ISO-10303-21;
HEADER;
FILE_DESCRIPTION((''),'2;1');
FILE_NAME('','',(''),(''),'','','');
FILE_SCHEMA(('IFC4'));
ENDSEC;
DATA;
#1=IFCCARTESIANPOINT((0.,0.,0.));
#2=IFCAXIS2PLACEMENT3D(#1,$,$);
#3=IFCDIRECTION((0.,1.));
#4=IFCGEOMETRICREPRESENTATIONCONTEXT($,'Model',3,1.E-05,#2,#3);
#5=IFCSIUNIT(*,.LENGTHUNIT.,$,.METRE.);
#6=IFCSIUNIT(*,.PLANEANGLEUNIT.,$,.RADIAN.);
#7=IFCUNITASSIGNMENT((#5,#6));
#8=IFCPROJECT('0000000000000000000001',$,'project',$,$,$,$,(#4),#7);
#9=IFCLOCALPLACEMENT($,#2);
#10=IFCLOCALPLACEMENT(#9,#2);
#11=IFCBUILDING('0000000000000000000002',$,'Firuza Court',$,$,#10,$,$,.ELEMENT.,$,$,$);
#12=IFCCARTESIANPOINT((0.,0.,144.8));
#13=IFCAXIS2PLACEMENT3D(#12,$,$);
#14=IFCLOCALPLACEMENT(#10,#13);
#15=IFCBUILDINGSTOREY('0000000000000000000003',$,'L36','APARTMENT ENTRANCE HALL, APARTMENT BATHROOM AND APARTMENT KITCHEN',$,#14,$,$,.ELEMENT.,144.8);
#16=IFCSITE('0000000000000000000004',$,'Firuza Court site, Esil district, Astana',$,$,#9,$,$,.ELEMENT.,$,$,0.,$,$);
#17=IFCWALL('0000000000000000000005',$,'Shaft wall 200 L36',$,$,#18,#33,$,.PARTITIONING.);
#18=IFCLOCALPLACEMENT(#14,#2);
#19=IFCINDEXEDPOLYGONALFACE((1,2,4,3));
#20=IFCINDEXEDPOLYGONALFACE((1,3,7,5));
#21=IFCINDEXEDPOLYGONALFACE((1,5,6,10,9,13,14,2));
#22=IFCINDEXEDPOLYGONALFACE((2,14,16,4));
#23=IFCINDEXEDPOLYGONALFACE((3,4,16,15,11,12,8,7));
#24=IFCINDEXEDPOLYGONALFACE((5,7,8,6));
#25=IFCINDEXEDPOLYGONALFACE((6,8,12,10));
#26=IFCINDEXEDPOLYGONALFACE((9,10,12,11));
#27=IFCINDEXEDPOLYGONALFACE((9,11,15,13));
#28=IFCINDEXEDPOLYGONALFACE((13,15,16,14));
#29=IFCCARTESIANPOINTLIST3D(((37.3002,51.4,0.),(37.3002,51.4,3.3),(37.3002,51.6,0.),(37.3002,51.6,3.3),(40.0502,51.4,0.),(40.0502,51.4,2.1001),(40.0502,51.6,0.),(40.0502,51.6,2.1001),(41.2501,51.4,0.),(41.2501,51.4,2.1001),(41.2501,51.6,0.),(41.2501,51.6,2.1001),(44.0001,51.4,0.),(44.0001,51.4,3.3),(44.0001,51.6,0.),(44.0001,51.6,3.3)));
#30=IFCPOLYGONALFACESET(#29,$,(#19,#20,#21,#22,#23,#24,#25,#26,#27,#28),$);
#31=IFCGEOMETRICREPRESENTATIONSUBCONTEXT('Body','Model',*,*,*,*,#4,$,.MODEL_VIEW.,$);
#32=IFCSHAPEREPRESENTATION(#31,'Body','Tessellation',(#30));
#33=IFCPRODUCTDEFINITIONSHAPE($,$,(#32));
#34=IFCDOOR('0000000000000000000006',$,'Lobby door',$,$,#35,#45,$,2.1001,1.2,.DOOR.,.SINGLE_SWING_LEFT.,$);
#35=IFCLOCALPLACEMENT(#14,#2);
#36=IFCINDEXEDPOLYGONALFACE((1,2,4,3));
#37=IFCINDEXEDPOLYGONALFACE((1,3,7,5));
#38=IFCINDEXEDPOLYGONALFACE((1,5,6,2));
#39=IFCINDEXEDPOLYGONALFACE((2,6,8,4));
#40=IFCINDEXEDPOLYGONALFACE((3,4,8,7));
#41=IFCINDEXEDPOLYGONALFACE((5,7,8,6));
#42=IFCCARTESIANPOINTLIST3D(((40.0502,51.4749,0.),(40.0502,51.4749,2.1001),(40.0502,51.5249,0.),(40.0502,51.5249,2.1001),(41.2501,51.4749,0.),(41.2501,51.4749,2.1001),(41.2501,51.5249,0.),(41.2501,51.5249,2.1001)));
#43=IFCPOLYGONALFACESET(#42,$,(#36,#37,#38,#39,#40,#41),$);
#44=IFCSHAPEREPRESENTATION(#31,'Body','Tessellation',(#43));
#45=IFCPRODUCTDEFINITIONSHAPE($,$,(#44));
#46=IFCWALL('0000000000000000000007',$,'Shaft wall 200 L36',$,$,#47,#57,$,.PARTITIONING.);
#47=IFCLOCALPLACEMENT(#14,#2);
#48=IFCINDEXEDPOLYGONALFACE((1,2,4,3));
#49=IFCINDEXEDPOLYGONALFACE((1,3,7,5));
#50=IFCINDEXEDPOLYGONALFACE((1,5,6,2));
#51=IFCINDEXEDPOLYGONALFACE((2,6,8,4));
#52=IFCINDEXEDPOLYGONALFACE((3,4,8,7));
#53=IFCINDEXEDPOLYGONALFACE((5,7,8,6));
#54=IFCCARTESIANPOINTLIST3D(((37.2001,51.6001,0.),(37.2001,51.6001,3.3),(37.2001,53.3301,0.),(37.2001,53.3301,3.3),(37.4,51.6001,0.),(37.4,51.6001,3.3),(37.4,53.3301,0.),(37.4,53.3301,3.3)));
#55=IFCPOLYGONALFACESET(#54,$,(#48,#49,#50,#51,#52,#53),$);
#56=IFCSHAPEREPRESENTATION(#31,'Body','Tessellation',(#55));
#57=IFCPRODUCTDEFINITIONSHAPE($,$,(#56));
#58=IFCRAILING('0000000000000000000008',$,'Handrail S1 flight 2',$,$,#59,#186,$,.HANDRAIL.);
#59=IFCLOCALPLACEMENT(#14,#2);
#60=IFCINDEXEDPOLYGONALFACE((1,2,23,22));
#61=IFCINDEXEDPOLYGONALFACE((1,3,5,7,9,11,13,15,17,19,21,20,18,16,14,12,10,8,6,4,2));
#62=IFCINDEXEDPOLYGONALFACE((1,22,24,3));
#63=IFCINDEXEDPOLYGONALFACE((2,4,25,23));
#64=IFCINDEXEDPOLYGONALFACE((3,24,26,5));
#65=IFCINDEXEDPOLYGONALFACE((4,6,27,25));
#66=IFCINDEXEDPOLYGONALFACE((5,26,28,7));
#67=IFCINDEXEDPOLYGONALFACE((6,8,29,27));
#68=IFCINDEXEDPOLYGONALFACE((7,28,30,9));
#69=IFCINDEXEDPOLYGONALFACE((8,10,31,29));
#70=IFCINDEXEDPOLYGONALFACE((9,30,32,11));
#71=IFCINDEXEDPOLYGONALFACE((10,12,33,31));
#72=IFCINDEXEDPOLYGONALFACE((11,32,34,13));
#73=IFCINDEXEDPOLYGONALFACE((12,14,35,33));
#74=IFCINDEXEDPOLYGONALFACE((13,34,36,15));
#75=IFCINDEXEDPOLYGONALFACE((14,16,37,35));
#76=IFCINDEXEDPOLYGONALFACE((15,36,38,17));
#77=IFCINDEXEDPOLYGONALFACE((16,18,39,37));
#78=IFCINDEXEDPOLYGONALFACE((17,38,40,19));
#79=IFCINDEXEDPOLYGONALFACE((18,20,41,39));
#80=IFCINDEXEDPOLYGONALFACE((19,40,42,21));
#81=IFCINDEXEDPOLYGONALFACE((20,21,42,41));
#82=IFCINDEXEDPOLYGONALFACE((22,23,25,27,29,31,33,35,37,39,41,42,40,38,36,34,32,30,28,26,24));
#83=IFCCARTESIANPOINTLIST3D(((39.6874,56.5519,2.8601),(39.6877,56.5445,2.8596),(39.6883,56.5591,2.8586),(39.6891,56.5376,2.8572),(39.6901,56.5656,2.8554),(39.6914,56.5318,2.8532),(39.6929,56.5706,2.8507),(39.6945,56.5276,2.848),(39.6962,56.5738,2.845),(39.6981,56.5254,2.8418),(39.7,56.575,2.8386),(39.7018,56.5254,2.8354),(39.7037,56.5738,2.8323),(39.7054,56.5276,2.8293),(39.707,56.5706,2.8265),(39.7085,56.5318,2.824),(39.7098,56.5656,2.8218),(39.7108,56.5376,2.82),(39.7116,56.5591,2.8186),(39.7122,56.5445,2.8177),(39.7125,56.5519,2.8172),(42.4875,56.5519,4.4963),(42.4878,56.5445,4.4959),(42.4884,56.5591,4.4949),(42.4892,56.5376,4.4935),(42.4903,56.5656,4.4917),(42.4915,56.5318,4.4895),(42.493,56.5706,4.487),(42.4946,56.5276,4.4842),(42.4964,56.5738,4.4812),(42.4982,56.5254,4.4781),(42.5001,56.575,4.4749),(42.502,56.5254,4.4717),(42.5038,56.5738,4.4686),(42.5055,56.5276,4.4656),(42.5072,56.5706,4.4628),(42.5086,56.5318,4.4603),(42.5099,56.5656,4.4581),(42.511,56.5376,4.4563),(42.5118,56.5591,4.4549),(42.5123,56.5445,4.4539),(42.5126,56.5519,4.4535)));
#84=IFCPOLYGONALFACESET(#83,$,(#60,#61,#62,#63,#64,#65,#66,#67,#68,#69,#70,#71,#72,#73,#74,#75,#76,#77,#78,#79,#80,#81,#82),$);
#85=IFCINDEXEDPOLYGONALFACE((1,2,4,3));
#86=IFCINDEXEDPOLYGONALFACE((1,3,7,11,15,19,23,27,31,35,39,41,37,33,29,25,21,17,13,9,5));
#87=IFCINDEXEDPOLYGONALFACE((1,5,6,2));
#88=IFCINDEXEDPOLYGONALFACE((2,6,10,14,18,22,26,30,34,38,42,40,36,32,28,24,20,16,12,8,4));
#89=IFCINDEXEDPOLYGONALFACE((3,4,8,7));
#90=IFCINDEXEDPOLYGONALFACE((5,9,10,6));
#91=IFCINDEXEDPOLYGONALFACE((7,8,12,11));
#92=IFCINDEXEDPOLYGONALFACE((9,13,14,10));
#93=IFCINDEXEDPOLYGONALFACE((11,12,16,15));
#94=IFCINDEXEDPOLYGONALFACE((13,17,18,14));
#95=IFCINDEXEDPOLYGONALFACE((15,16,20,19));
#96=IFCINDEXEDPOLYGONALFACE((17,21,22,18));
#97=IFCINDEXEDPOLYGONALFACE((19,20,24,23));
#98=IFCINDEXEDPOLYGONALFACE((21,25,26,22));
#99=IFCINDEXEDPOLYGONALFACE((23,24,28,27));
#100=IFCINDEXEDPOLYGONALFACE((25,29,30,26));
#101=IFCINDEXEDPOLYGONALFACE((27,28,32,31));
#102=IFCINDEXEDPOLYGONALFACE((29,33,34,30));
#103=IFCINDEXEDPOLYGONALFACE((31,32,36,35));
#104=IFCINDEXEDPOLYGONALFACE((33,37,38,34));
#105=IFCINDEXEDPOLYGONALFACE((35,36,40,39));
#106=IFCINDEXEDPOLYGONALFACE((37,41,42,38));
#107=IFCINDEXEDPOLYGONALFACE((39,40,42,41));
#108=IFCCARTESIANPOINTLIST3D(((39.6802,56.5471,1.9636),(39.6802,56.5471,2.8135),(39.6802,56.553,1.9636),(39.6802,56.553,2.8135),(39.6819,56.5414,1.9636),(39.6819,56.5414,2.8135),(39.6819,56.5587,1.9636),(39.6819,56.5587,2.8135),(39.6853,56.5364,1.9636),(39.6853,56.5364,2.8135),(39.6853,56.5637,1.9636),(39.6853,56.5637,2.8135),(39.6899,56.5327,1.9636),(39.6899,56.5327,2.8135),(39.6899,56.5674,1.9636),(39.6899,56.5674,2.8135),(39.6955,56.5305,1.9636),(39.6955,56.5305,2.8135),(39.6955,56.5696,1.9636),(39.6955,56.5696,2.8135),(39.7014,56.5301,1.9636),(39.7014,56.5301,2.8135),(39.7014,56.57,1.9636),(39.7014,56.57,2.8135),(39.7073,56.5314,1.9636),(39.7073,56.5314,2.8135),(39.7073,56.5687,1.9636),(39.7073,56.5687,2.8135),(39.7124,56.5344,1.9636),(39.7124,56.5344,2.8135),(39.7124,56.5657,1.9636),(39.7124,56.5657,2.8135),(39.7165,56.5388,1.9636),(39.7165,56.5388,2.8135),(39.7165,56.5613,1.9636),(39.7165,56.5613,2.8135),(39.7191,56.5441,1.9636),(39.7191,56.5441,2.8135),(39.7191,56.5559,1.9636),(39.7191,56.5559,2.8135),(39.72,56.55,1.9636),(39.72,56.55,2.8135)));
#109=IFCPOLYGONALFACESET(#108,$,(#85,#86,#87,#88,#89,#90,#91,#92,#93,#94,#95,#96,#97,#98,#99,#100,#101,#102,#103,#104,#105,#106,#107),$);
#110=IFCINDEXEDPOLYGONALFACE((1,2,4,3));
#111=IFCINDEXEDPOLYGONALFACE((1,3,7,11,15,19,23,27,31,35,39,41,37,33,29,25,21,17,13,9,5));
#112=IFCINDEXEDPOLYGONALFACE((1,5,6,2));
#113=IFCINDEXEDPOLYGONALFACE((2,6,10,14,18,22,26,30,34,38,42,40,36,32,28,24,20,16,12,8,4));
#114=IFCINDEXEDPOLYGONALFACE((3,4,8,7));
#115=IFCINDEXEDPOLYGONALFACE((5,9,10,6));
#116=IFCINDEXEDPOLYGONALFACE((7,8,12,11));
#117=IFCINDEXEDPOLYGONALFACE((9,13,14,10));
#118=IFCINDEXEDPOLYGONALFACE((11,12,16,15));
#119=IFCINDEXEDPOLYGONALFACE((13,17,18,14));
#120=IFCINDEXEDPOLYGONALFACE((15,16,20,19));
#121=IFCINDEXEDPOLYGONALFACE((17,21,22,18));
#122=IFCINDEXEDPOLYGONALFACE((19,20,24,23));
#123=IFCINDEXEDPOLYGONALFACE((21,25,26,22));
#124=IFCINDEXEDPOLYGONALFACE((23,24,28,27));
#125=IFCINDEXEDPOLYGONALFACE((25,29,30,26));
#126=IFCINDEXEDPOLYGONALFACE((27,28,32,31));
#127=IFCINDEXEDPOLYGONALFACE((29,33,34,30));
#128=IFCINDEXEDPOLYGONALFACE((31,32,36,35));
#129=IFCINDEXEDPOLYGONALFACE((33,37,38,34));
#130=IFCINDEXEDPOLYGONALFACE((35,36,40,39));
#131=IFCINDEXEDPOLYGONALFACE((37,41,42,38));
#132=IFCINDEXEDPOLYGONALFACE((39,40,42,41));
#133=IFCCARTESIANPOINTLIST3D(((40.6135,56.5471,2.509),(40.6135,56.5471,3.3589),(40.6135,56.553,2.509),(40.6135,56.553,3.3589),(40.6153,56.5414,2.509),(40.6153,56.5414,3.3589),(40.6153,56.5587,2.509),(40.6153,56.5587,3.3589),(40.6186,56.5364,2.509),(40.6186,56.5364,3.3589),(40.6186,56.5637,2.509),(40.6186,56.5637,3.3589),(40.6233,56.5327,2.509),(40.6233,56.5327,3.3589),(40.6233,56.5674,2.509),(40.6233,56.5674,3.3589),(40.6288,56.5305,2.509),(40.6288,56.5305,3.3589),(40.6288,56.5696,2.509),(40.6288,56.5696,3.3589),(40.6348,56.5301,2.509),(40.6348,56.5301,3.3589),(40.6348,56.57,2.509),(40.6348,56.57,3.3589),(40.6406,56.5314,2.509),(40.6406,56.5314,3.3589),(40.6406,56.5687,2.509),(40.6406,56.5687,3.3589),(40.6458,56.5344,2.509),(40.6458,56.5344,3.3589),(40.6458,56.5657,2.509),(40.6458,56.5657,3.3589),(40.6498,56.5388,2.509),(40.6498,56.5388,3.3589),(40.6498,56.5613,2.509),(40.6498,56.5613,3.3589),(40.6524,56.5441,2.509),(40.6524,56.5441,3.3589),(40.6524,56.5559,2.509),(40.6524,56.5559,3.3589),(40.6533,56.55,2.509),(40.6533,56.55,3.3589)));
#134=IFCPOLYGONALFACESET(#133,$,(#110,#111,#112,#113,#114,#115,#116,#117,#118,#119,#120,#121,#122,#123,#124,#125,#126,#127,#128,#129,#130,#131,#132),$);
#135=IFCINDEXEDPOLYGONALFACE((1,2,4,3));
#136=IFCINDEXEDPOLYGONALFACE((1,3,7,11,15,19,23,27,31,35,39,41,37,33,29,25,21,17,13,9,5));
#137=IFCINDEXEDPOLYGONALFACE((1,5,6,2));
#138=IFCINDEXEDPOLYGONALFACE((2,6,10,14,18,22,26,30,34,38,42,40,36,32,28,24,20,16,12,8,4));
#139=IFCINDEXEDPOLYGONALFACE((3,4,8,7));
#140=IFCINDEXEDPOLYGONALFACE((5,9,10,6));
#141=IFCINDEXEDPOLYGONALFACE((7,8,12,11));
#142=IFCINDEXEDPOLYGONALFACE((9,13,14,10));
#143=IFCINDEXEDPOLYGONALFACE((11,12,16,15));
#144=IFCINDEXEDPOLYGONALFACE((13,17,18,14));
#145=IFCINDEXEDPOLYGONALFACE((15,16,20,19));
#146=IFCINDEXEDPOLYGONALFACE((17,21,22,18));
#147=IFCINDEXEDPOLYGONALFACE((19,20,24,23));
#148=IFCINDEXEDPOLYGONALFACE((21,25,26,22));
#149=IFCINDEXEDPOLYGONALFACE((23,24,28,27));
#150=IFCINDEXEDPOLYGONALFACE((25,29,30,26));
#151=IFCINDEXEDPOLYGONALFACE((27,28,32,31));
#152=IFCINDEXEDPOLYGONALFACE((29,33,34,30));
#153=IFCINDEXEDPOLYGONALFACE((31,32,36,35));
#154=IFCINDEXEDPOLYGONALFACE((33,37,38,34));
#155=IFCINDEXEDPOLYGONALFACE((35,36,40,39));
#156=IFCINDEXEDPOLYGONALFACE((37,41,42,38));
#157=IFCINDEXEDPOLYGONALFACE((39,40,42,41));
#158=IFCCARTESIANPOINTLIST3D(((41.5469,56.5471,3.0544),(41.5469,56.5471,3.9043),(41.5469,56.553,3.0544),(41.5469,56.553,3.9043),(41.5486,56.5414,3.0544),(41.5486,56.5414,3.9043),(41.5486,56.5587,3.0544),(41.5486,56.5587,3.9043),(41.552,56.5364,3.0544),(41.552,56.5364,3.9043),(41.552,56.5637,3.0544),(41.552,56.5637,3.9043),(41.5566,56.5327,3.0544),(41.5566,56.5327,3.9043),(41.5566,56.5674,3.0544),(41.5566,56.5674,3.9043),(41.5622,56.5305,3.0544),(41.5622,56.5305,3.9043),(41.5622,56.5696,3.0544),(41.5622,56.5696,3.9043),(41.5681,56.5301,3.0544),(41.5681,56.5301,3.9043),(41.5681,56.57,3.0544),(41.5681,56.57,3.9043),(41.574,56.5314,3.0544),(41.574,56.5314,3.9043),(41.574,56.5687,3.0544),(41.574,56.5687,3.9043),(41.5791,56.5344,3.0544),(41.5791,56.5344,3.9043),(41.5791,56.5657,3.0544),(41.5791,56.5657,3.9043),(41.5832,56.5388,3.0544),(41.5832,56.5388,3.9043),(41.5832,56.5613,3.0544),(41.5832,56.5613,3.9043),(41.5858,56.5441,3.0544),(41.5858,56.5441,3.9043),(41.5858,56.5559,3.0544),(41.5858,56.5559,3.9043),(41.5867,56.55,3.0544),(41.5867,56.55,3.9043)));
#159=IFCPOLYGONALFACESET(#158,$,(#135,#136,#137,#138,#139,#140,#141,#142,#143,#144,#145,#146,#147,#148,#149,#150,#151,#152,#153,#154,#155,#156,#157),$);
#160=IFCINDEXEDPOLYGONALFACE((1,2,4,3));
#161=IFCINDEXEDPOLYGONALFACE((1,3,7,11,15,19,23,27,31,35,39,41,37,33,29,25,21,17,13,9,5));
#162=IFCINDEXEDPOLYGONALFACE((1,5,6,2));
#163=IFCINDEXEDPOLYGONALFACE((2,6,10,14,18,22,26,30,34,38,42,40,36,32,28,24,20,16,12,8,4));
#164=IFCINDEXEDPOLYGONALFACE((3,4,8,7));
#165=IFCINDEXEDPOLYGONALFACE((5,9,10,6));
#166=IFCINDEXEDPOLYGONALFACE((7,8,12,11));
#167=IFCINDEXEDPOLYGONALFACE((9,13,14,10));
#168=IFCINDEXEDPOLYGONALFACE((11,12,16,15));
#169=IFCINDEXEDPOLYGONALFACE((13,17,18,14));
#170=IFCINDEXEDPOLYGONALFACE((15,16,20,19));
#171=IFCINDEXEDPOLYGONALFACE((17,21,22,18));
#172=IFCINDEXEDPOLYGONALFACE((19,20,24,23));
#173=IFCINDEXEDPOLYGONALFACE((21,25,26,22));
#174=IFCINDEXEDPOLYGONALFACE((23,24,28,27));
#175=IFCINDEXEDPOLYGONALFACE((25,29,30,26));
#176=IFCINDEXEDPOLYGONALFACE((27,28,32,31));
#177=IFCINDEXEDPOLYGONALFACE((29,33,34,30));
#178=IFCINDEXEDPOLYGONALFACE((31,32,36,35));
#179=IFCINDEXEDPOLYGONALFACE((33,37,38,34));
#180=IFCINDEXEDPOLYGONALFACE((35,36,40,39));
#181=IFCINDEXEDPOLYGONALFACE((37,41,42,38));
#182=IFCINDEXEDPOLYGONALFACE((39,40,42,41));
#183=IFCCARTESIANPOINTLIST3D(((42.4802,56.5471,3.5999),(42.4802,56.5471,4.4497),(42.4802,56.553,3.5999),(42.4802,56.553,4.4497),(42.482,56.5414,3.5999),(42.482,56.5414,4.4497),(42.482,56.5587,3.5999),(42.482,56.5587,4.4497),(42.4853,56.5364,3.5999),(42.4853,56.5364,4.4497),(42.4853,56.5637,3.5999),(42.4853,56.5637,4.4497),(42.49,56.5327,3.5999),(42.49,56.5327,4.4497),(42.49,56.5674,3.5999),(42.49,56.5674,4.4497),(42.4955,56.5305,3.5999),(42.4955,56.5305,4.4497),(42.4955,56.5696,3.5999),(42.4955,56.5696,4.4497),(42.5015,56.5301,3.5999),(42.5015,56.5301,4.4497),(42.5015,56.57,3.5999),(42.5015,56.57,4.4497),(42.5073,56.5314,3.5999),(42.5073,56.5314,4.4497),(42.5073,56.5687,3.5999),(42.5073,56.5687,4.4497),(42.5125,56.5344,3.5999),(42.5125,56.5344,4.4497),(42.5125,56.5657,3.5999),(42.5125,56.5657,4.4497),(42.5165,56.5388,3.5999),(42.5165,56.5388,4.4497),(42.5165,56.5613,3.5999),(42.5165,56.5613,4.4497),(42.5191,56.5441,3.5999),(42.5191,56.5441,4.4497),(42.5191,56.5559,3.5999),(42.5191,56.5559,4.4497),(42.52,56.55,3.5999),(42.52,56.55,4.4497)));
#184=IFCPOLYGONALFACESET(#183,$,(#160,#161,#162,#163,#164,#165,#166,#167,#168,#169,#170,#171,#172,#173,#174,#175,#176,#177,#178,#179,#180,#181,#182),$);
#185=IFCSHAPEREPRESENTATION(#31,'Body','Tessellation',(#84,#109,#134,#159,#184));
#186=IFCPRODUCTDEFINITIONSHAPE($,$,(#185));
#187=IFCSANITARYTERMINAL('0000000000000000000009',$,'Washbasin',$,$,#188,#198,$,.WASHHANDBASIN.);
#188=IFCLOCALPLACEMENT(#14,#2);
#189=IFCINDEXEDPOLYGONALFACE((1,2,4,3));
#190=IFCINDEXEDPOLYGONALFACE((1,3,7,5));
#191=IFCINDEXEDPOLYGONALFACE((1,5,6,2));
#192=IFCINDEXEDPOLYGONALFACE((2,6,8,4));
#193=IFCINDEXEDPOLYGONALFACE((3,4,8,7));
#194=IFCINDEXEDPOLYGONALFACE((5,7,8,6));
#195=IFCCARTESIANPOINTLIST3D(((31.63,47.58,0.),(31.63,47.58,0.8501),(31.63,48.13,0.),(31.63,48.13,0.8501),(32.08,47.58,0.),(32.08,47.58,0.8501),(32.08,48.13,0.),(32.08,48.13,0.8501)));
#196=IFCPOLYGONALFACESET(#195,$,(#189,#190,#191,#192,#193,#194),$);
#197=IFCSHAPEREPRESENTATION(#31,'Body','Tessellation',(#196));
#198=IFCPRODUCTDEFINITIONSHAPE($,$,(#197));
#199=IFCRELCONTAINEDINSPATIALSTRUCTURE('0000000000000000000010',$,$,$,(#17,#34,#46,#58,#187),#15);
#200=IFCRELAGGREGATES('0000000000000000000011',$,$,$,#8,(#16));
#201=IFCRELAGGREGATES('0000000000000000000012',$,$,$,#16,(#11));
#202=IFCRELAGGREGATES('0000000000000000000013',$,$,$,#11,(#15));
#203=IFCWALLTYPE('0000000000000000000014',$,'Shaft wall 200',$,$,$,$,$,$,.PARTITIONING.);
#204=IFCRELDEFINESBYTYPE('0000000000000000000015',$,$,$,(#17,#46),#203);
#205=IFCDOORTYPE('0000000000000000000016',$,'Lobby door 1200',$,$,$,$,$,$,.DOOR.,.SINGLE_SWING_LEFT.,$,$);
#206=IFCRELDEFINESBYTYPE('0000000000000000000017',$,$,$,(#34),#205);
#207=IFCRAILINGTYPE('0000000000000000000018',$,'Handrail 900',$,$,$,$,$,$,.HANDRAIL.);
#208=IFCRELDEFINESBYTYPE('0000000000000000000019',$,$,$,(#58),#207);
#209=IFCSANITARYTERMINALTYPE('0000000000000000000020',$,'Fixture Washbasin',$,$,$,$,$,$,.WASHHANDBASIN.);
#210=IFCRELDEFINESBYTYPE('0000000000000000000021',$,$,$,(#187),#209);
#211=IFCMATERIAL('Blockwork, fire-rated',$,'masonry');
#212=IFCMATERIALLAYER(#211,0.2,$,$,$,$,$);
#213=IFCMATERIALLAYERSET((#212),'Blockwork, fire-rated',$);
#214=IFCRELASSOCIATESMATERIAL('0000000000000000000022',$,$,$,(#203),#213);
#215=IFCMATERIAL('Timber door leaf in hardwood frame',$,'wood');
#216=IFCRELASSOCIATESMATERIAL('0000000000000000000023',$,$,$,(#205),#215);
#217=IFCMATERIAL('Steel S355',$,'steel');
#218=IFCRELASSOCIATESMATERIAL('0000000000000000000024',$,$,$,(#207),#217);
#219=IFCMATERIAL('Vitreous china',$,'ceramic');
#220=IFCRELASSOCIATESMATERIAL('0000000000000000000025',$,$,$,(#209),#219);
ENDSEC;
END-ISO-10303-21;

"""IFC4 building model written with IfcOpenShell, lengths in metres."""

from ifc_helpers import new_model, si_unit, direction, frame, frame_2d, origin, origin_2d, place, context, subcontext, project, spatial, rectangle, circle, extrude, material, layer, layer_set, type_object, element, fill, save


model = new_model("IFC4")

# Units and contexts
model_context = context("Model", 3, precision=1e-05, world=origin(), true_north=direction((0.0, 1.0)))
body_context = subcontext(model_context, "Body", "Model", "MODEL_VIEW")
ifc_project = project(units=[si_unit("LENGTHUNIT", "METRE"), si_unit("PLANEANGLEUNIT", "RADIAN")], contexts=[model_context])

# Site, building, storey
site_placement = place(None, origin())
site = spatial("IfcSite", under=ifc_project, at=site_placement, Name="Firuza Court site, Esil district, Astana", CompositionType="ELEMENT", RefElevation=0.0)
building_placement = place(site_placement, origin())
building = spatial("IfcBuilding", under=site, at=building_placement, Name="Firuza Court", CompositionType="ELEMENT")
storey_placement = place(building_placement, frame((0.0, 0.0, 144.8)))
storey = spatial("IfcBuildingStorey", under=building, at=storey_placement, Name="L36", Description="APARTMENT ENTRANCE HALL, APARTMENT BATHROOM AND APARTMENT KITCHEN", CompositionType="ELEMENT", Elevation=144.8)

# Shared definitions
ifc_material_1 = material(Name="Blockwork, fire-rated", Category="masonry")

# Wall, opening, door
ifc_layer_1 = layer(ifc_material_1, 0.2)
ifc_layer_set_1 = layer_set([ifc_layer_1], Name="Blockwork, fire-rated")
wall_type_1 = type_object("IfcWallType", Name="Shaft wall 200", PredefinedType="PARTITIONING", material=ifc_layer_set_1)
wall_1_placement = place(storey_placement, frame((37.3, 51.5, 0.0), z_axis=(0.0, 0.0, 1.0), x_axis=(1.0, 0.0, 0.0)))
wall_1 = element("IfcWall", 1, at=wall_1_placement, inside=storey, type_object=wall_type_1, Name="Shaft wall 200 L36", PredefinedType="PARTITIONING", context=body_context, shape_type="SweptSolid", body=[
    extrude(rectangle(XDim=6.7, YDim=0.2, at=frame_2d((3.3501, 0.0))), origin(), (0.0, 0.0, 1.0), 3.3),
])
opening_1_placement = place(wall_1_placement, frame((2.75, 0.0, 0.0)))
opening_1 = element("IfcOpeningElement", 2, at=opening_1_placement, cuts=wall_1, PredefinedType="OPENING", context=body_context, shape_type="SweptSolid", body=[
    extrude(rectangle(XDim=1.2, YDim=2.1001, at=frame_2d((0.6001, 1.05))), frame((0.0, 0.1118, 0.0), z_axis=(0.0, -1.0, 0.0), x_axis=(1.0, 0.0, 0.0)), (0.0, 0.0, 1.0), 0.2239),
])
ifc_material_2 = material(Name="Timber door leaf in hardwood frame", Category="wood")
door_type_1 = type_object("IfcDoorType", Name="Lobby door 1200", OperationType="SINGLE_SWING_LEFT", PredefinedType="DOOR", material=ifc_material_2)
door_1_placement = place(opening_1_placement, origin())
door_1 = element("IfcDoor", 3, at=door_1_placement, inside=storey, type_object=door_type_1, Name="Lobby door", OperationType="SINGLE_SWING_LEFT", OverallHeight=2.1001, OverallWidth=1.2, PredefinedType="DOOR", context=body_context, shape_type="SweptSolid", body=[
    extrude(rectangle(XDim=1.2, YDim=2.1001, at=frame_2d((0.6001, 1.05))), frame((0.0, 0.0249, 0.0), z_axis=(0.0, -1.0, 0.0), x_axis=(1.0, 0.0, 0.0)), (0.0, 0.0, 1.0), 0.05),
])
fill(opening_1, door_1)

# Wall
wall_2_placement = place(storey_placement, frame((37.3, 51.6001, 0.0), z_axis=(0.0, 0.0, 1.0), x_axis=(0.0, 1.0, 0.0)))
element("IfcWall", 4, at=wall_2_placement, inside=storey, type_object=wall_type_1, Name="Shaft wall 200 L36", PredefinedType="PARTITIONING", context=body_context, shape_type="SweptSolid", body=[
    extrude(rectangle(XDim=1.73, YDim=0.2, at=frame_2d((0.865, 0.0))), origin(), (0.0, 0.0, 1.0), 3.3),
])

# Railing
ifc_material_3 = material(Name="Steel S355", Category="steel")
railing_type = type_object("IfcRailingType", Name="Handrail 900", PredefinedType="HANDRAIL", material=ifc_material_3)
railing_placement = place(storey_placement, frame((39.7, 56.55, 1.9636)))
element("IfcRailing", 5, at=railing_placement, inside=storey, type_object=railing_type, Name="Handrail S1 flight 2", PredefinedType="HANDRAIL", context=body_context, shape_type="SweptSolid", body=[
    extrude(circle(Radius=0.0249, at=origin_2d()), frame((0.0, 0.0, 0.875), z_axis=(0.863394, 0.0, 0.504531), x_axis=(0.0, 1.0, 0.0)), (0.0, 0.0, 1.0), 3.2432),
    extrude(circle(Radius=0.02, at=origin_2d()), origin(), (0.0, 0.0, 1.0), 0.8499),
    extrude(circle(Radius=0.02, at=origin_2d()), frame((0.9333, 0.0, 0.5454)), (0.0, 0.0, 1.0), 0.8499),
    extrude(circle(Radius=0.02, at=origin_2d()), frame((1.8667, 0.0, 1.0908)), (0.0, 0.0, 1.0), 0.8499),
    extrude(circle(Radius=0.02, at=origin_2d()), frame((2.8, 0.0, 1.6362)), (0.0, 0.0, 1.0), 0.8499),
])

# Sanitary terminal
ifc_material_4 = material(Name="Vitreous china", Category="ceramic")
sanitary_terminal_type = type_object("IfcSanitaryTerminalType", Name="Fixture Washbasin", PredefinedType="WASHHANDBASIN", material=ifc_material_4)
sanitary_terminal_placement = place(storey_placement, frame((31.855, 47.855, 0.0), z_axis=(0.0, 0.0, 1.0), x_axis=(1.0, 0.0, 0.0)))
element("IfcSanitaryTerminal", 6, at=sanitary_terminal_placement, inside=storey, type_object=sanitary_terminal_type, Name="Washbasin", PredefinedType="WASHHANDBASIN", context=body_context, shape_type="SweptSolid", body=[
    extrude(rectangle(XDim=0.45, YDim=0.55, at=origin_2d()), origin(), (0.0, 0.0, 1.0), 0.8501),
])

save(model, "model.ifc")
